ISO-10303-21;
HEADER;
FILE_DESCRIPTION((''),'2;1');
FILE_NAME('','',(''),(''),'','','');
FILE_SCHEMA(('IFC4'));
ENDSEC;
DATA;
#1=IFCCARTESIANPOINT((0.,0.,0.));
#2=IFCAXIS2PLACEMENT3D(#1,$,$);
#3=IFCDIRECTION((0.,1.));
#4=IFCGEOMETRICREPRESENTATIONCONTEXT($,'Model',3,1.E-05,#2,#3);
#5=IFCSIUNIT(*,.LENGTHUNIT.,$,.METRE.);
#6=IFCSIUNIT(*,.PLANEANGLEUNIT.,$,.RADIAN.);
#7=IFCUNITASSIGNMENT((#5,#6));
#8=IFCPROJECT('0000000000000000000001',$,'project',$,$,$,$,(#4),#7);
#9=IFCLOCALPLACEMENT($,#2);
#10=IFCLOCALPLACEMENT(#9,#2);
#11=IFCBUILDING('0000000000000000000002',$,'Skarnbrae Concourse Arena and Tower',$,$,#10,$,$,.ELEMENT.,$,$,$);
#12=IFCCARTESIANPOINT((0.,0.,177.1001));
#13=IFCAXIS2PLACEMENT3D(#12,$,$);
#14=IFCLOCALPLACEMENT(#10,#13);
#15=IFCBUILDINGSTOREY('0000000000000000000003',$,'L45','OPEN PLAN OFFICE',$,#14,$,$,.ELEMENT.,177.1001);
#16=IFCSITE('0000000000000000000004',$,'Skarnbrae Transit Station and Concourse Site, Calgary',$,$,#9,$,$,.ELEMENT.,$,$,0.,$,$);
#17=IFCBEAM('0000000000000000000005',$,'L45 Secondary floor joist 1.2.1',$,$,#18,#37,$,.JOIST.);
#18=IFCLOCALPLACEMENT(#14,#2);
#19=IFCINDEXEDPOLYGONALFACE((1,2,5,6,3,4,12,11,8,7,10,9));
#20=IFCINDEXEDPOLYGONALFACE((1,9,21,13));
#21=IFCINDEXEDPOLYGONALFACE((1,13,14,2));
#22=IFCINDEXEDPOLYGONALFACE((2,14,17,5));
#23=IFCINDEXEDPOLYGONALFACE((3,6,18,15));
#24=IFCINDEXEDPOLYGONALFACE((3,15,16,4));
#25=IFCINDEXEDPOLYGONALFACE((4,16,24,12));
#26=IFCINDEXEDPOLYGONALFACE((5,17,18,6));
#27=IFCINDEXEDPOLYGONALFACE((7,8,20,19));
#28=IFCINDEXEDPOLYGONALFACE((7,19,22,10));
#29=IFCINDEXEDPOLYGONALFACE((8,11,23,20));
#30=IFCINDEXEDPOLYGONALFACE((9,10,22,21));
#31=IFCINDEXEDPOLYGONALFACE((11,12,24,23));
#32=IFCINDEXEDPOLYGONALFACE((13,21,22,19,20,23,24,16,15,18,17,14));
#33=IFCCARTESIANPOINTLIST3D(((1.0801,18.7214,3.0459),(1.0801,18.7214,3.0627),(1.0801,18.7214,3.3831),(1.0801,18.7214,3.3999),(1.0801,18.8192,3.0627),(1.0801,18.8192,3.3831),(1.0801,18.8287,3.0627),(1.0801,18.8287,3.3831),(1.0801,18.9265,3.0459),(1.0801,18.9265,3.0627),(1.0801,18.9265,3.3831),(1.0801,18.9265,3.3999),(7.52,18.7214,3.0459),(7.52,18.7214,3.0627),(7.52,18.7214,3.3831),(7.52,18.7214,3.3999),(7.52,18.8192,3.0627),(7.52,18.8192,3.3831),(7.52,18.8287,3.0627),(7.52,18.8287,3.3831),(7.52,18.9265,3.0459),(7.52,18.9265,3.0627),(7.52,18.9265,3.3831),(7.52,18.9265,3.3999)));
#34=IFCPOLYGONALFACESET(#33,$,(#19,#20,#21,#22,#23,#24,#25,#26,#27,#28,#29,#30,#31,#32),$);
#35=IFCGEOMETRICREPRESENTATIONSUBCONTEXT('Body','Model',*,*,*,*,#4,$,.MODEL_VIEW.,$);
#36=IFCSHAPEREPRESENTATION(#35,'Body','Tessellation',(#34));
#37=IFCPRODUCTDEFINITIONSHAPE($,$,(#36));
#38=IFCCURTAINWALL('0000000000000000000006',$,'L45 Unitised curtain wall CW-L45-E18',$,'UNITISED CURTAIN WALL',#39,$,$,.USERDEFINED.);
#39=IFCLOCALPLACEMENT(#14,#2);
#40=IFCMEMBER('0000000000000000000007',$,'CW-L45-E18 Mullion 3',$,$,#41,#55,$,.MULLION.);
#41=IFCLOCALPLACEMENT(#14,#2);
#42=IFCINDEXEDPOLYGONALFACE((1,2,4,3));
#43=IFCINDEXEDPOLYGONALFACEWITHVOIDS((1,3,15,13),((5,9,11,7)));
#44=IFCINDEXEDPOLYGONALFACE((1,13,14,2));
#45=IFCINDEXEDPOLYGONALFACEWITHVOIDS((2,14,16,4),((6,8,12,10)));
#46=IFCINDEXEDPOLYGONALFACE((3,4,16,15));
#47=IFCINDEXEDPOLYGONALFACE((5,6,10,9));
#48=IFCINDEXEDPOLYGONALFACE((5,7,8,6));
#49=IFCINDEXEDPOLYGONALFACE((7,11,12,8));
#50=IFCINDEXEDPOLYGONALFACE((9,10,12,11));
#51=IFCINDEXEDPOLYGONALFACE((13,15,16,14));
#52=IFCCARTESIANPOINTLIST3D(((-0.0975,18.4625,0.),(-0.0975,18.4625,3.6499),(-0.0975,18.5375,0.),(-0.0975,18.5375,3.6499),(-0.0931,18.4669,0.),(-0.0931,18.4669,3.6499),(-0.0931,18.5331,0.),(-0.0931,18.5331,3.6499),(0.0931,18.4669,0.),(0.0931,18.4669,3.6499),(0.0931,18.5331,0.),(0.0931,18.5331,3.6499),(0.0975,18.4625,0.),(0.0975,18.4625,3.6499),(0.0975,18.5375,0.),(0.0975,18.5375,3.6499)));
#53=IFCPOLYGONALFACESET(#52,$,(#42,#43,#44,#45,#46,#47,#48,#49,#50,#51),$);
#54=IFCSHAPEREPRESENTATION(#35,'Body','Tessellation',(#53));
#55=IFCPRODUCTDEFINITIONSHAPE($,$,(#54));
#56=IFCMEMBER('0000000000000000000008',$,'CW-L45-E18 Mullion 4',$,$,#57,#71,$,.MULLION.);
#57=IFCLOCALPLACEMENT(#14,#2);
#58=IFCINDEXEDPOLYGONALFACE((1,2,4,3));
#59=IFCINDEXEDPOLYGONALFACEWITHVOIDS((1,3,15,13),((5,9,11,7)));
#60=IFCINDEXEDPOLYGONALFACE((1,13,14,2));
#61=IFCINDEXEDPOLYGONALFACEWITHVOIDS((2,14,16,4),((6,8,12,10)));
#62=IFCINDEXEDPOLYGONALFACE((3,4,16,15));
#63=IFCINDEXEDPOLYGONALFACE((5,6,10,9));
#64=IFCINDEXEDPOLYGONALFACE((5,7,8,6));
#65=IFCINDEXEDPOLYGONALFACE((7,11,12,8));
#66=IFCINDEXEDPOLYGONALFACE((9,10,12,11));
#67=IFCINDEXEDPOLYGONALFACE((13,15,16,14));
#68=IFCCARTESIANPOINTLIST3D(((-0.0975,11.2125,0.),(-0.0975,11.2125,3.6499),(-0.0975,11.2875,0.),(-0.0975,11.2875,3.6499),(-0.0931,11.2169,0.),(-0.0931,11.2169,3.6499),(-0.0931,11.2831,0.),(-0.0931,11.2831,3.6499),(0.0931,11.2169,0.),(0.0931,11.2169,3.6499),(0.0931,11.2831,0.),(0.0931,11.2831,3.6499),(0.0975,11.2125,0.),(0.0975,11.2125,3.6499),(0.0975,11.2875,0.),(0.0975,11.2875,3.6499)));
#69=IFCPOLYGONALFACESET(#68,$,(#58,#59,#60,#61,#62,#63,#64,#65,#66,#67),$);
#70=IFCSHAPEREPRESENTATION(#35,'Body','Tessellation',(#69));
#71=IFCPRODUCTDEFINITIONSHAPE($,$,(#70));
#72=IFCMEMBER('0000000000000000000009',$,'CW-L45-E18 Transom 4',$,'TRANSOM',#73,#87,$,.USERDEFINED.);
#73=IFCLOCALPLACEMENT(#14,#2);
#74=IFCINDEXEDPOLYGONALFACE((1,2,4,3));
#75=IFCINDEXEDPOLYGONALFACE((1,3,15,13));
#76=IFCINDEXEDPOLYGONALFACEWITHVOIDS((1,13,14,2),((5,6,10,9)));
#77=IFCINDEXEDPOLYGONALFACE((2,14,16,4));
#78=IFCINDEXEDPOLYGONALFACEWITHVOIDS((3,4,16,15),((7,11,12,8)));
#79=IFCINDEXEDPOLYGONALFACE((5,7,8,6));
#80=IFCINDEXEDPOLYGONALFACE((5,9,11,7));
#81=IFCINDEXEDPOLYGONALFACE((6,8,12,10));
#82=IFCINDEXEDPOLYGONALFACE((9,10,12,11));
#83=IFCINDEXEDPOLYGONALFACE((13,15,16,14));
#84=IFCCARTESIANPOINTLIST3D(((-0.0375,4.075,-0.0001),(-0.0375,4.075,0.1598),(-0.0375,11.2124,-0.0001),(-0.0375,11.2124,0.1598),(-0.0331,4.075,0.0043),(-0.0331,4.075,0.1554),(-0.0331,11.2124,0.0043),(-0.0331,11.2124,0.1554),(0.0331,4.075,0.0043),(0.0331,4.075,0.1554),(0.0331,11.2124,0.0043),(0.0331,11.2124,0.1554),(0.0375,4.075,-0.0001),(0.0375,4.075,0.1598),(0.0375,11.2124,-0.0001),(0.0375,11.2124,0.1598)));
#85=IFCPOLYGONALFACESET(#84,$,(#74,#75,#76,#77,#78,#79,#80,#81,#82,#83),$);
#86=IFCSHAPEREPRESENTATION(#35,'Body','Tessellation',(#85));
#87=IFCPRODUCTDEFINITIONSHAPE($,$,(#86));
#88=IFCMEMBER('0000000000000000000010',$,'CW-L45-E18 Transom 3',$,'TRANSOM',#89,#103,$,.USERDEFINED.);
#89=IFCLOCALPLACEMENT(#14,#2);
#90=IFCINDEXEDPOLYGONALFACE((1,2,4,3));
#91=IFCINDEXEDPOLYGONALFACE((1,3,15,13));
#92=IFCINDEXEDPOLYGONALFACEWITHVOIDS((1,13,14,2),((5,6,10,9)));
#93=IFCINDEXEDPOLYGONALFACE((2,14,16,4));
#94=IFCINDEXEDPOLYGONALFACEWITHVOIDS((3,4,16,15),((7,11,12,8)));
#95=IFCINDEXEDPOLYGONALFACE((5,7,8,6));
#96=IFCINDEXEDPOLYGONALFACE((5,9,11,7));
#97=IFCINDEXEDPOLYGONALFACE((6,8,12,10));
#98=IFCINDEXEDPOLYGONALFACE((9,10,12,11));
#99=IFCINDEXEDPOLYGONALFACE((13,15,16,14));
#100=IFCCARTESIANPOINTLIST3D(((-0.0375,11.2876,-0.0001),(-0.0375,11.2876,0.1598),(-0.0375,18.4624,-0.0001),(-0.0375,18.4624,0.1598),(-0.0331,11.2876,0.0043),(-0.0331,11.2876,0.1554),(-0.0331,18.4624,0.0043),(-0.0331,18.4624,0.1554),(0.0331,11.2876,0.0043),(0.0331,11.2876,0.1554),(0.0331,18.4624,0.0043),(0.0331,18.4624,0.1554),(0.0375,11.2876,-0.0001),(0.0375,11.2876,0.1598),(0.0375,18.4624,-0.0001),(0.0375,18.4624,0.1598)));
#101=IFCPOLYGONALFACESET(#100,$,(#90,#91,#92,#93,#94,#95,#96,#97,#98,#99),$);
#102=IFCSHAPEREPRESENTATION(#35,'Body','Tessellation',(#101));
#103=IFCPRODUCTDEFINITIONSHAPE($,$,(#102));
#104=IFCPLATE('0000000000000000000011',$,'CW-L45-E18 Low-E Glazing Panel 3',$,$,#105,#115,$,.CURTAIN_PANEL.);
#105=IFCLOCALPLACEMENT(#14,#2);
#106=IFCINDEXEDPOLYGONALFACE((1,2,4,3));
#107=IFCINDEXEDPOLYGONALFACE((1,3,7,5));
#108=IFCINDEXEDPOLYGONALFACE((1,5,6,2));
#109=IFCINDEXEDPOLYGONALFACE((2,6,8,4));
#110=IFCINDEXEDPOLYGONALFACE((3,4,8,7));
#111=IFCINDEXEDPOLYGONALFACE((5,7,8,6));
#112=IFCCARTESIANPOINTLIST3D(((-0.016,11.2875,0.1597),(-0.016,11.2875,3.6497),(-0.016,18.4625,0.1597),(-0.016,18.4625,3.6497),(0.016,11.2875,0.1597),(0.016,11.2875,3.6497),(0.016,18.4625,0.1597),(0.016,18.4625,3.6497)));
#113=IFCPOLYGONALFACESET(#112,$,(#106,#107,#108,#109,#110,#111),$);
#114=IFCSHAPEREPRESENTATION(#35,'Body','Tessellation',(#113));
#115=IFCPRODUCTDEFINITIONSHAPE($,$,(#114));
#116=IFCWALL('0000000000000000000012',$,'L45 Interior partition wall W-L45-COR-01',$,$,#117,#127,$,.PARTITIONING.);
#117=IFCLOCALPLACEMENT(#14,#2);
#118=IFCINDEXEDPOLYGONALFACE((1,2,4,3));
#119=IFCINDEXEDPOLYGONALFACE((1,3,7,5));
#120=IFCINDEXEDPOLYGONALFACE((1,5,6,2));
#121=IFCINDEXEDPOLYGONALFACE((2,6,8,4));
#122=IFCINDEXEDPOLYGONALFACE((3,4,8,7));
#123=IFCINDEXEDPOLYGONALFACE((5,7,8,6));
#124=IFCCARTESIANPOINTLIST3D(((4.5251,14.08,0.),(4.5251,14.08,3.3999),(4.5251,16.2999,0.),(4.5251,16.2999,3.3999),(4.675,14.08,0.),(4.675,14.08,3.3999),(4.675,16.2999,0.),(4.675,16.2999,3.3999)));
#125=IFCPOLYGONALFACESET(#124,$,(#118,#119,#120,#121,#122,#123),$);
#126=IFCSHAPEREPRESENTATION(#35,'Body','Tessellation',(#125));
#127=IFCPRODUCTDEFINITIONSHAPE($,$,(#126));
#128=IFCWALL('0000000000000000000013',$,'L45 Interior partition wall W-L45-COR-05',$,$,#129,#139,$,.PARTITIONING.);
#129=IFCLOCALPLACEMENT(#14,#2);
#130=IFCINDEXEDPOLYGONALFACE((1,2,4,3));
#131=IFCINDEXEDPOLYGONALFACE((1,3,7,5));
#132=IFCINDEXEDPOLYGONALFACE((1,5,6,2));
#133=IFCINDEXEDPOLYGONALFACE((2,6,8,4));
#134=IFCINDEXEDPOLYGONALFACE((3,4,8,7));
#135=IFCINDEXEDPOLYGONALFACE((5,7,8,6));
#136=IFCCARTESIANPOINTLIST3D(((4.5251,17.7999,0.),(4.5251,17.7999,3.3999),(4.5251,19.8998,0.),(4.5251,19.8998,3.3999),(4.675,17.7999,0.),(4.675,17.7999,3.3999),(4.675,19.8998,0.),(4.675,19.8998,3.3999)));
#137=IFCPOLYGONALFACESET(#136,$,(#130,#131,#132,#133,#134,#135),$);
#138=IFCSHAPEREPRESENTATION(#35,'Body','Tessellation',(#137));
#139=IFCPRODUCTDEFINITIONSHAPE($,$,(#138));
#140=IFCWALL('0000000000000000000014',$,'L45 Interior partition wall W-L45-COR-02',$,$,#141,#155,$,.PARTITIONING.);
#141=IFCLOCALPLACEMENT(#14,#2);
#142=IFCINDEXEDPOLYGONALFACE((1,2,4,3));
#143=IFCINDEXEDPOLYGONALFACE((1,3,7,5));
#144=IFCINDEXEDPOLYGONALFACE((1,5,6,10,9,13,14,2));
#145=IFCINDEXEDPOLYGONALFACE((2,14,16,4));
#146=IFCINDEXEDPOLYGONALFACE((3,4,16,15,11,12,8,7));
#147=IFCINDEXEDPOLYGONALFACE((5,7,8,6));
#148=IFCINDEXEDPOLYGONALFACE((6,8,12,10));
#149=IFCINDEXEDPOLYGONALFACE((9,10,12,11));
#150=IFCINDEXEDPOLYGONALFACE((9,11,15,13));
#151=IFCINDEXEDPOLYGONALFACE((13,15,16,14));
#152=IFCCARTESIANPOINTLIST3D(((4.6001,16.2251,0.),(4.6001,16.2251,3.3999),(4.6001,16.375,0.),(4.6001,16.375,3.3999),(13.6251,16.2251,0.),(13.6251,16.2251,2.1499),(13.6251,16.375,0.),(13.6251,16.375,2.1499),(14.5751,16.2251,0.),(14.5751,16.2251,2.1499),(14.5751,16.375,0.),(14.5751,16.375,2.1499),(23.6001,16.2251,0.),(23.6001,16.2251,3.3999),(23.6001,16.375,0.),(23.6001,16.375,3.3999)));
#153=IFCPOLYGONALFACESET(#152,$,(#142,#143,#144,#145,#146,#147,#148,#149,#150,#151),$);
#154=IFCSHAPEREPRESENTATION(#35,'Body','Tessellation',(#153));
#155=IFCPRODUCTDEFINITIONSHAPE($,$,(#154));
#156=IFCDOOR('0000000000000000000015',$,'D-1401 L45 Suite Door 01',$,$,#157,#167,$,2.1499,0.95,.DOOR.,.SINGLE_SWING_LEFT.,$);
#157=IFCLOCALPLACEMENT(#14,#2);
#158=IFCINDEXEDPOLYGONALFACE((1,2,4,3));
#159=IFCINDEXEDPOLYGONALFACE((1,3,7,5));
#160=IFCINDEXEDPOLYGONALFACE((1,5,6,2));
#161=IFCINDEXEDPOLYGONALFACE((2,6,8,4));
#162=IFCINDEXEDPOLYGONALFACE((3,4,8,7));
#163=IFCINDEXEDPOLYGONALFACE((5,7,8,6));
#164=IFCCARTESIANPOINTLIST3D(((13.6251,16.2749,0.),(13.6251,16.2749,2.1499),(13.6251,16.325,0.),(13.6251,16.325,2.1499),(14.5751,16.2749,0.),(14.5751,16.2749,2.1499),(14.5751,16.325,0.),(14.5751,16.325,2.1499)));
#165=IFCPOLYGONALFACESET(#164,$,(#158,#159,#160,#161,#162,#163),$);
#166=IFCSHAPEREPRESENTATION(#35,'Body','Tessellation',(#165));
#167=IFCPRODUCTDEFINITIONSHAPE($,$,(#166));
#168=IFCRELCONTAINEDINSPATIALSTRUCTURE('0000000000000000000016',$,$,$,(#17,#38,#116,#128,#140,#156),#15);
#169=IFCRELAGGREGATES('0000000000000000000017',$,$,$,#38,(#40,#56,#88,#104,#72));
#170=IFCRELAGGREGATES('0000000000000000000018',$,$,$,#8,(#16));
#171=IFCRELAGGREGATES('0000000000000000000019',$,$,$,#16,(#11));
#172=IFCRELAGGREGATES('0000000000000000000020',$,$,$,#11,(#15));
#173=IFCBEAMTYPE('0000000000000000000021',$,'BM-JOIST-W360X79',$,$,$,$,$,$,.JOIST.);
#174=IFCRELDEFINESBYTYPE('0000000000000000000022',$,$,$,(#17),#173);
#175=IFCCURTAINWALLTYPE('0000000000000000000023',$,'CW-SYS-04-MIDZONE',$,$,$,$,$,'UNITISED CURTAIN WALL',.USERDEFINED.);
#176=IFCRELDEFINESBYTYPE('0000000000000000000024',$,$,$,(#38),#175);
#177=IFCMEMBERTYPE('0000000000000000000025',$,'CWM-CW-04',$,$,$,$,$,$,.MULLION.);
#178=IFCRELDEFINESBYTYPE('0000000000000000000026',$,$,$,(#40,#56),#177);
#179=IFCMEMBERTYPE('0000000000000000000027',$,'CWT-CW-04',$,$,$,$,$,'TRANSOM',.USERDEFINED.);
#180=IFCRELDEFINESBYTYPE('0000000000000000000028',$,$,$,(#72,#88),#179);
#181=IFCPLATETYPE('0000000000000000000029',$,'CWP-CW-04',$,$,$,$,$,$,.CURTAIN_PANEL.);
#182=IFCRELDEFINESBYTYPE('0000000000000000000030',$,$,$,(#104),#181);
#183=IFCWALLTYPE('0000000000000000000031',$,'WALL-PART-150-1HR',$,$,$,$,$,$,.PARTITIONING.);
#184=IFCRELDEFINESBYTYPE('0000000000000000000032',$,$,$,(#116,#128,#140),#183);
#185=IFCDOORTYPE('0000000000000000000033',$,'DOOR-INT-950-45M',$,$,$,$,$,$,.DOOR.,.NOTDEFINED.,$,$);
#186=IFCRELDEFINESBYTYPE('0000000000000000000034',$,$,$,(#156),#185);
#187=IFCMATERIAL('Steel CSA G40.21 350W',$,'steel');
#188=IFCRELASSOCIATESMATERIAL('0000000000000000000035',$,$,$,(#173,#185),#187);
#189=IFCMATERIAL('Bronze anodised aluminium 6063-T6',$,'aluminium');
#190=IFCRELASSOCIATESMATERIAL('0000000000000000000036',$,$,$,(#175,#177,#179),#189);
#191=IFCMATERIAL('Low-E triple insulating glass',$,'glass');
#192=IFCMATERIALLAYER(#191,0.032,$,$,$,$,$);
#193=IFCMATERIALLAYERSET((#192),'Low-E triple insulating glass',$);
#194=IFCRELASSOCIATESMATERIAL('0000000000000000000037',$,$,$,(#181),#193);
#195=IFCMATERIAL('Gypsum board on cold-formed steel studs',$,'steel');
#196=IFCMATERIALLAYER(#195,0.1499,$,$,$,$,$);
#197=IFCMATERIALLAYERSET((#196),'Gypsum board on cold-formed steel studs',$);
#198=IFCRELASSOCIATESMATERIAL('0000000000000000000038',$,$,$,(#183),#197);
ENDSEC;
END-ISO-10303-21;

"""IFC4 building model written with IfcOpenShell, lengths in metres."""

from ifc_helpers import new_model, si_unit, direction, frame, frame_2d, origin, origin_2d, place, context, subcontext, project, spatial, rectangle, hollow_rectangle, i_section, extrude, source, transform, mapped, material, layer, layer_set, material_profile, profile_set, type_object, element, fill, aggregate, save


model = new_model("IFC4")

# Units and contexts
model_context = context("Model", 3, precision=1e-05, world=origin(), true_north=direction((0.0, 1.0)))
body_context = subcontext(model_context, "Body", "Model", "MODEL_VIEW")
ifc_project = project(units=[si_unit("LENGTHUNIT", "METRE"), si_unit("PLANEANGLEUNIT", "RADIAN")], contexts=[model_context])

# Site, building, storey
site_placement = place(None, origin())
site = spatial("IfcSite", under=ifc_project, at=site_placement, Name="Skarnbrae Transit Station and Concourse Site, Calgary", CompositionType="ELEMENT", RefElevation=0.0)
building_placement = place(site_placement, origin())
building = spatial("IfcBuilding", under=site, at=building_placement, Name="Skarnbrae Concourse Arena and Tower", CompositionType="ELEMENT")
storey_placement = place(building_placement, frame((0.0, 0.0, 177.1001)))
storey = spatial("IfcBuildingStorey", under=building, at=storey_placement, Name="L45", Description="OPEN PLAN OFFICE", CompositionType="ELEMENT", Elevation=177.1001)

# Shared definitions
ifc_material_1 = material(Name="Steel CSA G40.21 350W", Category="steel")

# Beam
ifc_material_profile_1 = material_profile(ifc_material_1, i_section(OverallWidth=0.2051, OverallDepth=0.354, WebThickness=0.0095, FlangeThickness=0.0168, at=origin_2d()), Name="W360X79")
ifc_profile_set_1 = profile_set([ifc_material_profile_1], Name="Steel CSA G40.21 350W")
beam_type_1 = type_object("IfcBeamType", Name="BM-JOIST-W360X79", PredefinedType="JOIST", material=ifc_profile_set_1)
shared_shape_1 = source(origin(), body_context, "Body", "SweptSolid", [
    extrude(i_section(OverallWidth=0.2051, OverallDepth=0.354, WebThickness=0.0095, FlangeThickness=0.0168, at=origin_2d()), origin(), (0.0, 0.0, 1.0), 6.4399),
])
for number, where, z_axis, x_axis, name in (
    (1, (1.0801, 18.824, 3.2229), (1.0, 0.0, 0.0), (0.0, 1.0, 0.0), "L45 Secondary floor joist 1.2.1"),
):
    element("IfcBeam", number, at=place(storey_placement, frame(where, z_axis=z_axis, x_axis=x_axis)), inside=storey, type_object=beam_type_1, Name=name, PredefinedType="JOIST", context=body_context, shape_type="MappedRepresentation", body=[
        mapped(shared_shape_1, transform((0.0, 0.0, 0.0))),
    ])

# Curtain wall, members, plate
ifc_material_2 = material(Name="Bronze anodised aluminium 6063-T6", Category="aluminium")
curtain_wall_type = type_object("IfcCurtainWallType", Name="CW-SYS-04-MIDZONE", ElementType="UNITISED CURTAIN WALL", PredefinedType="USERDEFINED", material=ifc_material_2)
curtain_wall_placement = place(storey_placement, origin())
curtain_wall = element("IfcCurtainWall", 2, at=curtain_wall_placement, inside=storey, type_object=curtain_wall_type, Name="L45 Unitised curtain wall CW-L45-E18", ObjectType="UNITISED CURTAIN WALL", PredefinedType="USERDEFINED")
ifc_material_profile_2 = material_profile(ifc_material_2, hollow_rectangle(XDim=0.075, YDim=0.1951, WallThickness=0.0044, at=origin_2d()), Name="ALU-MULL-75X195")
ifc_profile_set_2 = profile_set([ifc_material_profile_2], Name="Bronze anodised aluminium 6063-T6")
member_type_1 = type_object("IfcMemberType", Name="CWM-CW-04", PredefinedType="MULLION", material=ifc_profile_set_2)
shared_shape_2 = source(origin(), body_context, "Body", "SweptSolid", [
    extrude(hollow_rectangle(XDim=0.075, YDim=0.1951, WallThickness=0.0044, at=origin_2d()), origin(), (0.0, 0.0, 1.0), 3.6499),
])
member_1_placement = place(storey_placement, frame((0.0, 18.5, 0.0), z_axis=(0.0, 0.0, 1.0), x_axis=(0.0, -1.0, 0.0)))
member_1 = element("IfcMember", 3, at=member_1_placement, type_object=member_type_1, Name="CW-L45-E18 Mullion 3", PredefinedType="MULLION", context=body_context, shape_type="MappedRepresentation", body=[
    mapped(shared_shape_2, transform((0.0, 0.0, 0.0))),
])
member_2_placement = place(storey_placement, frame((0.0, 11.25, 0.0), z_axis=(0.0, 0.0, 1.0), x_axis=(0.0, -1.0, 0.0)))
member_2 = element("IfcMember", 4, at=member_2_placement, type_object=member_type_1, Name="CW-L45-E18 Mullion 4", PredefinedType="MULLION", context=body_context, shape_type="MappedRepresentation", body=[
    mapped(shared_shape_2, transform((0.0, 0.0, 0.0))),
])
ifc_material_profile_3 = material_profile(ifc_material_2, hollow_rectangle(XDim=0.075, YDim=0.1599, WallThickness=0.0044, at=origin_2d()), Name="ALU-TRAN-75X160")
ifc_profile_set_3 = profile_set([ifc_material_profile_3], Name="Bronze anodised aluminium 6063-T6")
member_type_2 = type_object("IfcMemberType", Name="CWT-CW-04", ElementType="TRANSOM", PredefinedType="USERDEFINED", material=ifc_profile_set_3)
shared_shape_3 = source(origin(), body_context, "Body", "SweptSolid", [
    extrude(hollow_rectangle(XDim=0.075, YDim=0.1599, WallThickness=0.0044, at=origin_2d()), origin(), (0.0, 0.0, 1.0), 7.1375),
])
member_3_placement = place(storey_placement, frame((0.0, 11.2124, 0.0798), z_axis=(0.0, -1.0, 0.0), x_axis=(1.0, 0.0, 0.0)))
member_3 = element("IfcMember", 5, at=member_3_placement, type_object=member_type_2, Name="CW-L45-E18 Transom 4", ObjectType="TRANSOM", PredefinedType="USERDEFINED", context=body_context, shape_type="MappedRepresentation", body=[
    mapped(shared_shape_3, transform((0.0, 0.0, 0.0))),
])
shared_shape_4 = source(origin(), body_context, "Body", "SweptSolid", [
    extrude(hollow_rectangle(XDim=0.075, YDim=0.1599, WallThickness=0.0044, at=origin_2d()), origin(), (0.0, 0.0, 1.0), 7.1748),
])
member_4_placement = place(storey_placement, frame((0.0, 18.4624, 0.0798), z_axis=(0.0, -1.0, 0.0), x_axis=(1.0, 0.0, 0.0)))
member_4 = element("IfcMember", 6, at=member_4_placement, type_object=member_type_2, Name="CW-L45-E18 Transom 3", ObjectType="TRANSOM", PredefinedType="USERDEFINED", context=body_context, shape_type="MappedRepresentation", body=[
    mapped(shared_shape_4, transform((0.0, 0.0, 0.0))),
])
ifc_material_3 = material(Name="Low-E triple insulating glass", Category="glass")
ifc_layer_1 = layer(ifc_material_3, 0.032)
ifc_layer_set_1 = layer_set([ifc_layer_1], Name="Low-E triple insulating glass")
plate_type = type_object("IfcPlateType", Name="CWP-CW-04", PredefinedType="CURTAIN_PANEL", material=ifc_layer_set_1)
shared_shape_5 = source(origin(), body_context, "Body", "SweptSolid", [
    extrude(rectangle(XDim=7.175, YDim=0.032, at=origin_2d()), origin(), (0.0, 0.0, 1.0), 3.49),
])
plate_placement = place(storey_placement, frame((0.0, 14.875, 0.1597), z_axis=(0.0, 0.0, 1.0), x_axis=(0.0, -1.0, 0.0)))
plate = element("IfcPlate", 7, at=plate_placement, type_object=plate_type, Name="CW-L45-E18 Low-E Glazing Panel 3", PredefinedType="CURTAIN_PANEL", context=body_context, shape_type="MappedRepresentation", body=[
    mapped(shared_shape_5, transform((0.0, 0.0, 0.0))),
])
aggregate(curtain_wall, [member_1, member_2, member_4, plate, member_3])

# Walls
ifc_material_4 = material(Name="Gypsum board on cold-formed steel studs", Category="steel")
ifc_layer_2 = layer(ifc_material_4, 0.1499)
ifc_layer_set_2 = layer_set([ifc_layer_2], Name="Gypsum board on cold-formed steel studs")
wall_type_1 = type_object("IfcWallType", Name="WALL-PART-150-1HR", PredefinedType="PARTITIONING", material=ifc_layer_set_2)
shared_shape_6 = source(origin(), body_context, "Body", "SweptSolid", [
    extrude(rectangle(XDim=2.22, YDim=0.1499, at=frame_2d((1.1099, 0.0))), origin(), (0.0, 0.0, 1.0), 3.3999),
])
wall_1_placement = place(storey_placement, frame((4.6001, 14.0801, 0.0), z_axis=(0.0, 0.0, 1.0), x_axis=(0.0, 1.0, 0.0)))
element("IfcWall", 8, at=wall_1_placement, inside=storey, type_object=wall_type_1, Name="L45 Interior partition wall W-L45-COR-01", PredefinedType="PARTITIONING", context=body_context, shape_type="MappedRepresentation", body=[
    mapped(shared_shape_6, transform((0.0, 0.0, 0.0))),
])
shared_shape_7 = source(origin(), body_context, "Body", "SweptSolid", [
    extrude(rectangle(XDim=2.0999, YDim=0.1499, at=frame_2d((1.0498, 0.0))), origin(), (0.0, 0.0, 1.0), 3.3999),
])
wall_2_placement = place(storey_placement, frame((4.6001, 17.8, 0.0), z_axis=(0.0, 0.0, 1.0), x_axis=(0.0, 1.0, 0.0)))
element("IfcWall", 9, at=wall_2_placement, inside=storey, type_object=wall_type_1, Name="L45 Interior partition wall W-L45-COR-05", PredefinedType="PARTITIONING", context=body_context, shape_type="MappedRepresentation", body=[
    mapped(shared_shape_7, transform((0.0, 0.0, 0.0))),
])

# Wall, opening, door
shared_shape_8 = source(origin(), body_context, "Body", "SweptSolid", [
    extrude(rectangle(XDim=19.0, YDim=0.1499, at=frame_2d((9.5, 0.0))), origin(), (0.0, 0.0, 1.0), 3.3999),
])
wall_3_placement = place(storey_placement, frame((4.6001, 16.3, 0.0), z_axis=(0.0, 0.0, 1.0), x_axis=(1.0, 0.0, 0.0)))
wall_3 = element("IfcWall", 10, at=wall_3_placement, inside=storey, type_object=wall_type_1, Name="L45 Interior partition wall W-L45-COR-02", PredefinedType="PARTITIONING", context=body_context, shape_type="MappedRepresentation", body=[
    mapped(shared_shape_8, transform((0.0, 0.0, 0.0))),
])
opening_1_placement = place(wall_3_placement, frame((9.0249, 0.0, 0.0)))
opening_1 = element("IfcOpeningElement", 11, at=opening_1_placement, cuts=wall_3, PredefinedType="OPENING", context=body_context, shape_type="SweptSolid", body=[
    extrude(rectangle(XDim=0.95, YDim=2.1499, at=frame_2d((0.4751, 1.075))), frame((0.0, 0.085, 0.0), z_axis=(0.0, -1.0, 0.0), x_axis=(1.0, 0.0, 0.0)), (0.0, 0.0, 1.0), 0.1699),
])
door_type_1 = type_object("IfcDoorType", Name="DOOR-INT-950-45M", OperationType="NOTDEFINED", PredefinedType="DOOR", material=ifc_material_1)
shared_shape_9 = source(origin(), body_context, "Body", "SweptSolid", [
    extrude(rectangle(XDim=0.95, YDim=2.1499, at=frame_2d((0.4751, 1.075))), frame((0.0, 0.0249, 0.0), z_axis=(0.0, -1.0, 0.0), x_axis=(1.0, 0.0, 0.0)), (0.0, 0.0, 1.0), 0.05),
])
door_1_placement = place(opening_1_placement, origin())
door_1 = element("IfcDoor", 12, at=door_1_placement, inside=storey, type_object=door_type_1, Name="D-1401 L45 Suite Door 01", OperationType="SINGLE_SWING_LEFT", OverallHeight=2.1499, OverallWidth=0.95, PredefinedType="DOOR", context=body_context, shape_type="MappedRepresentation", body=[
    mapped(shared_shape_9, transform((0.0, 0.0, 0.0))),
])
fill(opening_1, door_1)

save(model, "model.ifc")
